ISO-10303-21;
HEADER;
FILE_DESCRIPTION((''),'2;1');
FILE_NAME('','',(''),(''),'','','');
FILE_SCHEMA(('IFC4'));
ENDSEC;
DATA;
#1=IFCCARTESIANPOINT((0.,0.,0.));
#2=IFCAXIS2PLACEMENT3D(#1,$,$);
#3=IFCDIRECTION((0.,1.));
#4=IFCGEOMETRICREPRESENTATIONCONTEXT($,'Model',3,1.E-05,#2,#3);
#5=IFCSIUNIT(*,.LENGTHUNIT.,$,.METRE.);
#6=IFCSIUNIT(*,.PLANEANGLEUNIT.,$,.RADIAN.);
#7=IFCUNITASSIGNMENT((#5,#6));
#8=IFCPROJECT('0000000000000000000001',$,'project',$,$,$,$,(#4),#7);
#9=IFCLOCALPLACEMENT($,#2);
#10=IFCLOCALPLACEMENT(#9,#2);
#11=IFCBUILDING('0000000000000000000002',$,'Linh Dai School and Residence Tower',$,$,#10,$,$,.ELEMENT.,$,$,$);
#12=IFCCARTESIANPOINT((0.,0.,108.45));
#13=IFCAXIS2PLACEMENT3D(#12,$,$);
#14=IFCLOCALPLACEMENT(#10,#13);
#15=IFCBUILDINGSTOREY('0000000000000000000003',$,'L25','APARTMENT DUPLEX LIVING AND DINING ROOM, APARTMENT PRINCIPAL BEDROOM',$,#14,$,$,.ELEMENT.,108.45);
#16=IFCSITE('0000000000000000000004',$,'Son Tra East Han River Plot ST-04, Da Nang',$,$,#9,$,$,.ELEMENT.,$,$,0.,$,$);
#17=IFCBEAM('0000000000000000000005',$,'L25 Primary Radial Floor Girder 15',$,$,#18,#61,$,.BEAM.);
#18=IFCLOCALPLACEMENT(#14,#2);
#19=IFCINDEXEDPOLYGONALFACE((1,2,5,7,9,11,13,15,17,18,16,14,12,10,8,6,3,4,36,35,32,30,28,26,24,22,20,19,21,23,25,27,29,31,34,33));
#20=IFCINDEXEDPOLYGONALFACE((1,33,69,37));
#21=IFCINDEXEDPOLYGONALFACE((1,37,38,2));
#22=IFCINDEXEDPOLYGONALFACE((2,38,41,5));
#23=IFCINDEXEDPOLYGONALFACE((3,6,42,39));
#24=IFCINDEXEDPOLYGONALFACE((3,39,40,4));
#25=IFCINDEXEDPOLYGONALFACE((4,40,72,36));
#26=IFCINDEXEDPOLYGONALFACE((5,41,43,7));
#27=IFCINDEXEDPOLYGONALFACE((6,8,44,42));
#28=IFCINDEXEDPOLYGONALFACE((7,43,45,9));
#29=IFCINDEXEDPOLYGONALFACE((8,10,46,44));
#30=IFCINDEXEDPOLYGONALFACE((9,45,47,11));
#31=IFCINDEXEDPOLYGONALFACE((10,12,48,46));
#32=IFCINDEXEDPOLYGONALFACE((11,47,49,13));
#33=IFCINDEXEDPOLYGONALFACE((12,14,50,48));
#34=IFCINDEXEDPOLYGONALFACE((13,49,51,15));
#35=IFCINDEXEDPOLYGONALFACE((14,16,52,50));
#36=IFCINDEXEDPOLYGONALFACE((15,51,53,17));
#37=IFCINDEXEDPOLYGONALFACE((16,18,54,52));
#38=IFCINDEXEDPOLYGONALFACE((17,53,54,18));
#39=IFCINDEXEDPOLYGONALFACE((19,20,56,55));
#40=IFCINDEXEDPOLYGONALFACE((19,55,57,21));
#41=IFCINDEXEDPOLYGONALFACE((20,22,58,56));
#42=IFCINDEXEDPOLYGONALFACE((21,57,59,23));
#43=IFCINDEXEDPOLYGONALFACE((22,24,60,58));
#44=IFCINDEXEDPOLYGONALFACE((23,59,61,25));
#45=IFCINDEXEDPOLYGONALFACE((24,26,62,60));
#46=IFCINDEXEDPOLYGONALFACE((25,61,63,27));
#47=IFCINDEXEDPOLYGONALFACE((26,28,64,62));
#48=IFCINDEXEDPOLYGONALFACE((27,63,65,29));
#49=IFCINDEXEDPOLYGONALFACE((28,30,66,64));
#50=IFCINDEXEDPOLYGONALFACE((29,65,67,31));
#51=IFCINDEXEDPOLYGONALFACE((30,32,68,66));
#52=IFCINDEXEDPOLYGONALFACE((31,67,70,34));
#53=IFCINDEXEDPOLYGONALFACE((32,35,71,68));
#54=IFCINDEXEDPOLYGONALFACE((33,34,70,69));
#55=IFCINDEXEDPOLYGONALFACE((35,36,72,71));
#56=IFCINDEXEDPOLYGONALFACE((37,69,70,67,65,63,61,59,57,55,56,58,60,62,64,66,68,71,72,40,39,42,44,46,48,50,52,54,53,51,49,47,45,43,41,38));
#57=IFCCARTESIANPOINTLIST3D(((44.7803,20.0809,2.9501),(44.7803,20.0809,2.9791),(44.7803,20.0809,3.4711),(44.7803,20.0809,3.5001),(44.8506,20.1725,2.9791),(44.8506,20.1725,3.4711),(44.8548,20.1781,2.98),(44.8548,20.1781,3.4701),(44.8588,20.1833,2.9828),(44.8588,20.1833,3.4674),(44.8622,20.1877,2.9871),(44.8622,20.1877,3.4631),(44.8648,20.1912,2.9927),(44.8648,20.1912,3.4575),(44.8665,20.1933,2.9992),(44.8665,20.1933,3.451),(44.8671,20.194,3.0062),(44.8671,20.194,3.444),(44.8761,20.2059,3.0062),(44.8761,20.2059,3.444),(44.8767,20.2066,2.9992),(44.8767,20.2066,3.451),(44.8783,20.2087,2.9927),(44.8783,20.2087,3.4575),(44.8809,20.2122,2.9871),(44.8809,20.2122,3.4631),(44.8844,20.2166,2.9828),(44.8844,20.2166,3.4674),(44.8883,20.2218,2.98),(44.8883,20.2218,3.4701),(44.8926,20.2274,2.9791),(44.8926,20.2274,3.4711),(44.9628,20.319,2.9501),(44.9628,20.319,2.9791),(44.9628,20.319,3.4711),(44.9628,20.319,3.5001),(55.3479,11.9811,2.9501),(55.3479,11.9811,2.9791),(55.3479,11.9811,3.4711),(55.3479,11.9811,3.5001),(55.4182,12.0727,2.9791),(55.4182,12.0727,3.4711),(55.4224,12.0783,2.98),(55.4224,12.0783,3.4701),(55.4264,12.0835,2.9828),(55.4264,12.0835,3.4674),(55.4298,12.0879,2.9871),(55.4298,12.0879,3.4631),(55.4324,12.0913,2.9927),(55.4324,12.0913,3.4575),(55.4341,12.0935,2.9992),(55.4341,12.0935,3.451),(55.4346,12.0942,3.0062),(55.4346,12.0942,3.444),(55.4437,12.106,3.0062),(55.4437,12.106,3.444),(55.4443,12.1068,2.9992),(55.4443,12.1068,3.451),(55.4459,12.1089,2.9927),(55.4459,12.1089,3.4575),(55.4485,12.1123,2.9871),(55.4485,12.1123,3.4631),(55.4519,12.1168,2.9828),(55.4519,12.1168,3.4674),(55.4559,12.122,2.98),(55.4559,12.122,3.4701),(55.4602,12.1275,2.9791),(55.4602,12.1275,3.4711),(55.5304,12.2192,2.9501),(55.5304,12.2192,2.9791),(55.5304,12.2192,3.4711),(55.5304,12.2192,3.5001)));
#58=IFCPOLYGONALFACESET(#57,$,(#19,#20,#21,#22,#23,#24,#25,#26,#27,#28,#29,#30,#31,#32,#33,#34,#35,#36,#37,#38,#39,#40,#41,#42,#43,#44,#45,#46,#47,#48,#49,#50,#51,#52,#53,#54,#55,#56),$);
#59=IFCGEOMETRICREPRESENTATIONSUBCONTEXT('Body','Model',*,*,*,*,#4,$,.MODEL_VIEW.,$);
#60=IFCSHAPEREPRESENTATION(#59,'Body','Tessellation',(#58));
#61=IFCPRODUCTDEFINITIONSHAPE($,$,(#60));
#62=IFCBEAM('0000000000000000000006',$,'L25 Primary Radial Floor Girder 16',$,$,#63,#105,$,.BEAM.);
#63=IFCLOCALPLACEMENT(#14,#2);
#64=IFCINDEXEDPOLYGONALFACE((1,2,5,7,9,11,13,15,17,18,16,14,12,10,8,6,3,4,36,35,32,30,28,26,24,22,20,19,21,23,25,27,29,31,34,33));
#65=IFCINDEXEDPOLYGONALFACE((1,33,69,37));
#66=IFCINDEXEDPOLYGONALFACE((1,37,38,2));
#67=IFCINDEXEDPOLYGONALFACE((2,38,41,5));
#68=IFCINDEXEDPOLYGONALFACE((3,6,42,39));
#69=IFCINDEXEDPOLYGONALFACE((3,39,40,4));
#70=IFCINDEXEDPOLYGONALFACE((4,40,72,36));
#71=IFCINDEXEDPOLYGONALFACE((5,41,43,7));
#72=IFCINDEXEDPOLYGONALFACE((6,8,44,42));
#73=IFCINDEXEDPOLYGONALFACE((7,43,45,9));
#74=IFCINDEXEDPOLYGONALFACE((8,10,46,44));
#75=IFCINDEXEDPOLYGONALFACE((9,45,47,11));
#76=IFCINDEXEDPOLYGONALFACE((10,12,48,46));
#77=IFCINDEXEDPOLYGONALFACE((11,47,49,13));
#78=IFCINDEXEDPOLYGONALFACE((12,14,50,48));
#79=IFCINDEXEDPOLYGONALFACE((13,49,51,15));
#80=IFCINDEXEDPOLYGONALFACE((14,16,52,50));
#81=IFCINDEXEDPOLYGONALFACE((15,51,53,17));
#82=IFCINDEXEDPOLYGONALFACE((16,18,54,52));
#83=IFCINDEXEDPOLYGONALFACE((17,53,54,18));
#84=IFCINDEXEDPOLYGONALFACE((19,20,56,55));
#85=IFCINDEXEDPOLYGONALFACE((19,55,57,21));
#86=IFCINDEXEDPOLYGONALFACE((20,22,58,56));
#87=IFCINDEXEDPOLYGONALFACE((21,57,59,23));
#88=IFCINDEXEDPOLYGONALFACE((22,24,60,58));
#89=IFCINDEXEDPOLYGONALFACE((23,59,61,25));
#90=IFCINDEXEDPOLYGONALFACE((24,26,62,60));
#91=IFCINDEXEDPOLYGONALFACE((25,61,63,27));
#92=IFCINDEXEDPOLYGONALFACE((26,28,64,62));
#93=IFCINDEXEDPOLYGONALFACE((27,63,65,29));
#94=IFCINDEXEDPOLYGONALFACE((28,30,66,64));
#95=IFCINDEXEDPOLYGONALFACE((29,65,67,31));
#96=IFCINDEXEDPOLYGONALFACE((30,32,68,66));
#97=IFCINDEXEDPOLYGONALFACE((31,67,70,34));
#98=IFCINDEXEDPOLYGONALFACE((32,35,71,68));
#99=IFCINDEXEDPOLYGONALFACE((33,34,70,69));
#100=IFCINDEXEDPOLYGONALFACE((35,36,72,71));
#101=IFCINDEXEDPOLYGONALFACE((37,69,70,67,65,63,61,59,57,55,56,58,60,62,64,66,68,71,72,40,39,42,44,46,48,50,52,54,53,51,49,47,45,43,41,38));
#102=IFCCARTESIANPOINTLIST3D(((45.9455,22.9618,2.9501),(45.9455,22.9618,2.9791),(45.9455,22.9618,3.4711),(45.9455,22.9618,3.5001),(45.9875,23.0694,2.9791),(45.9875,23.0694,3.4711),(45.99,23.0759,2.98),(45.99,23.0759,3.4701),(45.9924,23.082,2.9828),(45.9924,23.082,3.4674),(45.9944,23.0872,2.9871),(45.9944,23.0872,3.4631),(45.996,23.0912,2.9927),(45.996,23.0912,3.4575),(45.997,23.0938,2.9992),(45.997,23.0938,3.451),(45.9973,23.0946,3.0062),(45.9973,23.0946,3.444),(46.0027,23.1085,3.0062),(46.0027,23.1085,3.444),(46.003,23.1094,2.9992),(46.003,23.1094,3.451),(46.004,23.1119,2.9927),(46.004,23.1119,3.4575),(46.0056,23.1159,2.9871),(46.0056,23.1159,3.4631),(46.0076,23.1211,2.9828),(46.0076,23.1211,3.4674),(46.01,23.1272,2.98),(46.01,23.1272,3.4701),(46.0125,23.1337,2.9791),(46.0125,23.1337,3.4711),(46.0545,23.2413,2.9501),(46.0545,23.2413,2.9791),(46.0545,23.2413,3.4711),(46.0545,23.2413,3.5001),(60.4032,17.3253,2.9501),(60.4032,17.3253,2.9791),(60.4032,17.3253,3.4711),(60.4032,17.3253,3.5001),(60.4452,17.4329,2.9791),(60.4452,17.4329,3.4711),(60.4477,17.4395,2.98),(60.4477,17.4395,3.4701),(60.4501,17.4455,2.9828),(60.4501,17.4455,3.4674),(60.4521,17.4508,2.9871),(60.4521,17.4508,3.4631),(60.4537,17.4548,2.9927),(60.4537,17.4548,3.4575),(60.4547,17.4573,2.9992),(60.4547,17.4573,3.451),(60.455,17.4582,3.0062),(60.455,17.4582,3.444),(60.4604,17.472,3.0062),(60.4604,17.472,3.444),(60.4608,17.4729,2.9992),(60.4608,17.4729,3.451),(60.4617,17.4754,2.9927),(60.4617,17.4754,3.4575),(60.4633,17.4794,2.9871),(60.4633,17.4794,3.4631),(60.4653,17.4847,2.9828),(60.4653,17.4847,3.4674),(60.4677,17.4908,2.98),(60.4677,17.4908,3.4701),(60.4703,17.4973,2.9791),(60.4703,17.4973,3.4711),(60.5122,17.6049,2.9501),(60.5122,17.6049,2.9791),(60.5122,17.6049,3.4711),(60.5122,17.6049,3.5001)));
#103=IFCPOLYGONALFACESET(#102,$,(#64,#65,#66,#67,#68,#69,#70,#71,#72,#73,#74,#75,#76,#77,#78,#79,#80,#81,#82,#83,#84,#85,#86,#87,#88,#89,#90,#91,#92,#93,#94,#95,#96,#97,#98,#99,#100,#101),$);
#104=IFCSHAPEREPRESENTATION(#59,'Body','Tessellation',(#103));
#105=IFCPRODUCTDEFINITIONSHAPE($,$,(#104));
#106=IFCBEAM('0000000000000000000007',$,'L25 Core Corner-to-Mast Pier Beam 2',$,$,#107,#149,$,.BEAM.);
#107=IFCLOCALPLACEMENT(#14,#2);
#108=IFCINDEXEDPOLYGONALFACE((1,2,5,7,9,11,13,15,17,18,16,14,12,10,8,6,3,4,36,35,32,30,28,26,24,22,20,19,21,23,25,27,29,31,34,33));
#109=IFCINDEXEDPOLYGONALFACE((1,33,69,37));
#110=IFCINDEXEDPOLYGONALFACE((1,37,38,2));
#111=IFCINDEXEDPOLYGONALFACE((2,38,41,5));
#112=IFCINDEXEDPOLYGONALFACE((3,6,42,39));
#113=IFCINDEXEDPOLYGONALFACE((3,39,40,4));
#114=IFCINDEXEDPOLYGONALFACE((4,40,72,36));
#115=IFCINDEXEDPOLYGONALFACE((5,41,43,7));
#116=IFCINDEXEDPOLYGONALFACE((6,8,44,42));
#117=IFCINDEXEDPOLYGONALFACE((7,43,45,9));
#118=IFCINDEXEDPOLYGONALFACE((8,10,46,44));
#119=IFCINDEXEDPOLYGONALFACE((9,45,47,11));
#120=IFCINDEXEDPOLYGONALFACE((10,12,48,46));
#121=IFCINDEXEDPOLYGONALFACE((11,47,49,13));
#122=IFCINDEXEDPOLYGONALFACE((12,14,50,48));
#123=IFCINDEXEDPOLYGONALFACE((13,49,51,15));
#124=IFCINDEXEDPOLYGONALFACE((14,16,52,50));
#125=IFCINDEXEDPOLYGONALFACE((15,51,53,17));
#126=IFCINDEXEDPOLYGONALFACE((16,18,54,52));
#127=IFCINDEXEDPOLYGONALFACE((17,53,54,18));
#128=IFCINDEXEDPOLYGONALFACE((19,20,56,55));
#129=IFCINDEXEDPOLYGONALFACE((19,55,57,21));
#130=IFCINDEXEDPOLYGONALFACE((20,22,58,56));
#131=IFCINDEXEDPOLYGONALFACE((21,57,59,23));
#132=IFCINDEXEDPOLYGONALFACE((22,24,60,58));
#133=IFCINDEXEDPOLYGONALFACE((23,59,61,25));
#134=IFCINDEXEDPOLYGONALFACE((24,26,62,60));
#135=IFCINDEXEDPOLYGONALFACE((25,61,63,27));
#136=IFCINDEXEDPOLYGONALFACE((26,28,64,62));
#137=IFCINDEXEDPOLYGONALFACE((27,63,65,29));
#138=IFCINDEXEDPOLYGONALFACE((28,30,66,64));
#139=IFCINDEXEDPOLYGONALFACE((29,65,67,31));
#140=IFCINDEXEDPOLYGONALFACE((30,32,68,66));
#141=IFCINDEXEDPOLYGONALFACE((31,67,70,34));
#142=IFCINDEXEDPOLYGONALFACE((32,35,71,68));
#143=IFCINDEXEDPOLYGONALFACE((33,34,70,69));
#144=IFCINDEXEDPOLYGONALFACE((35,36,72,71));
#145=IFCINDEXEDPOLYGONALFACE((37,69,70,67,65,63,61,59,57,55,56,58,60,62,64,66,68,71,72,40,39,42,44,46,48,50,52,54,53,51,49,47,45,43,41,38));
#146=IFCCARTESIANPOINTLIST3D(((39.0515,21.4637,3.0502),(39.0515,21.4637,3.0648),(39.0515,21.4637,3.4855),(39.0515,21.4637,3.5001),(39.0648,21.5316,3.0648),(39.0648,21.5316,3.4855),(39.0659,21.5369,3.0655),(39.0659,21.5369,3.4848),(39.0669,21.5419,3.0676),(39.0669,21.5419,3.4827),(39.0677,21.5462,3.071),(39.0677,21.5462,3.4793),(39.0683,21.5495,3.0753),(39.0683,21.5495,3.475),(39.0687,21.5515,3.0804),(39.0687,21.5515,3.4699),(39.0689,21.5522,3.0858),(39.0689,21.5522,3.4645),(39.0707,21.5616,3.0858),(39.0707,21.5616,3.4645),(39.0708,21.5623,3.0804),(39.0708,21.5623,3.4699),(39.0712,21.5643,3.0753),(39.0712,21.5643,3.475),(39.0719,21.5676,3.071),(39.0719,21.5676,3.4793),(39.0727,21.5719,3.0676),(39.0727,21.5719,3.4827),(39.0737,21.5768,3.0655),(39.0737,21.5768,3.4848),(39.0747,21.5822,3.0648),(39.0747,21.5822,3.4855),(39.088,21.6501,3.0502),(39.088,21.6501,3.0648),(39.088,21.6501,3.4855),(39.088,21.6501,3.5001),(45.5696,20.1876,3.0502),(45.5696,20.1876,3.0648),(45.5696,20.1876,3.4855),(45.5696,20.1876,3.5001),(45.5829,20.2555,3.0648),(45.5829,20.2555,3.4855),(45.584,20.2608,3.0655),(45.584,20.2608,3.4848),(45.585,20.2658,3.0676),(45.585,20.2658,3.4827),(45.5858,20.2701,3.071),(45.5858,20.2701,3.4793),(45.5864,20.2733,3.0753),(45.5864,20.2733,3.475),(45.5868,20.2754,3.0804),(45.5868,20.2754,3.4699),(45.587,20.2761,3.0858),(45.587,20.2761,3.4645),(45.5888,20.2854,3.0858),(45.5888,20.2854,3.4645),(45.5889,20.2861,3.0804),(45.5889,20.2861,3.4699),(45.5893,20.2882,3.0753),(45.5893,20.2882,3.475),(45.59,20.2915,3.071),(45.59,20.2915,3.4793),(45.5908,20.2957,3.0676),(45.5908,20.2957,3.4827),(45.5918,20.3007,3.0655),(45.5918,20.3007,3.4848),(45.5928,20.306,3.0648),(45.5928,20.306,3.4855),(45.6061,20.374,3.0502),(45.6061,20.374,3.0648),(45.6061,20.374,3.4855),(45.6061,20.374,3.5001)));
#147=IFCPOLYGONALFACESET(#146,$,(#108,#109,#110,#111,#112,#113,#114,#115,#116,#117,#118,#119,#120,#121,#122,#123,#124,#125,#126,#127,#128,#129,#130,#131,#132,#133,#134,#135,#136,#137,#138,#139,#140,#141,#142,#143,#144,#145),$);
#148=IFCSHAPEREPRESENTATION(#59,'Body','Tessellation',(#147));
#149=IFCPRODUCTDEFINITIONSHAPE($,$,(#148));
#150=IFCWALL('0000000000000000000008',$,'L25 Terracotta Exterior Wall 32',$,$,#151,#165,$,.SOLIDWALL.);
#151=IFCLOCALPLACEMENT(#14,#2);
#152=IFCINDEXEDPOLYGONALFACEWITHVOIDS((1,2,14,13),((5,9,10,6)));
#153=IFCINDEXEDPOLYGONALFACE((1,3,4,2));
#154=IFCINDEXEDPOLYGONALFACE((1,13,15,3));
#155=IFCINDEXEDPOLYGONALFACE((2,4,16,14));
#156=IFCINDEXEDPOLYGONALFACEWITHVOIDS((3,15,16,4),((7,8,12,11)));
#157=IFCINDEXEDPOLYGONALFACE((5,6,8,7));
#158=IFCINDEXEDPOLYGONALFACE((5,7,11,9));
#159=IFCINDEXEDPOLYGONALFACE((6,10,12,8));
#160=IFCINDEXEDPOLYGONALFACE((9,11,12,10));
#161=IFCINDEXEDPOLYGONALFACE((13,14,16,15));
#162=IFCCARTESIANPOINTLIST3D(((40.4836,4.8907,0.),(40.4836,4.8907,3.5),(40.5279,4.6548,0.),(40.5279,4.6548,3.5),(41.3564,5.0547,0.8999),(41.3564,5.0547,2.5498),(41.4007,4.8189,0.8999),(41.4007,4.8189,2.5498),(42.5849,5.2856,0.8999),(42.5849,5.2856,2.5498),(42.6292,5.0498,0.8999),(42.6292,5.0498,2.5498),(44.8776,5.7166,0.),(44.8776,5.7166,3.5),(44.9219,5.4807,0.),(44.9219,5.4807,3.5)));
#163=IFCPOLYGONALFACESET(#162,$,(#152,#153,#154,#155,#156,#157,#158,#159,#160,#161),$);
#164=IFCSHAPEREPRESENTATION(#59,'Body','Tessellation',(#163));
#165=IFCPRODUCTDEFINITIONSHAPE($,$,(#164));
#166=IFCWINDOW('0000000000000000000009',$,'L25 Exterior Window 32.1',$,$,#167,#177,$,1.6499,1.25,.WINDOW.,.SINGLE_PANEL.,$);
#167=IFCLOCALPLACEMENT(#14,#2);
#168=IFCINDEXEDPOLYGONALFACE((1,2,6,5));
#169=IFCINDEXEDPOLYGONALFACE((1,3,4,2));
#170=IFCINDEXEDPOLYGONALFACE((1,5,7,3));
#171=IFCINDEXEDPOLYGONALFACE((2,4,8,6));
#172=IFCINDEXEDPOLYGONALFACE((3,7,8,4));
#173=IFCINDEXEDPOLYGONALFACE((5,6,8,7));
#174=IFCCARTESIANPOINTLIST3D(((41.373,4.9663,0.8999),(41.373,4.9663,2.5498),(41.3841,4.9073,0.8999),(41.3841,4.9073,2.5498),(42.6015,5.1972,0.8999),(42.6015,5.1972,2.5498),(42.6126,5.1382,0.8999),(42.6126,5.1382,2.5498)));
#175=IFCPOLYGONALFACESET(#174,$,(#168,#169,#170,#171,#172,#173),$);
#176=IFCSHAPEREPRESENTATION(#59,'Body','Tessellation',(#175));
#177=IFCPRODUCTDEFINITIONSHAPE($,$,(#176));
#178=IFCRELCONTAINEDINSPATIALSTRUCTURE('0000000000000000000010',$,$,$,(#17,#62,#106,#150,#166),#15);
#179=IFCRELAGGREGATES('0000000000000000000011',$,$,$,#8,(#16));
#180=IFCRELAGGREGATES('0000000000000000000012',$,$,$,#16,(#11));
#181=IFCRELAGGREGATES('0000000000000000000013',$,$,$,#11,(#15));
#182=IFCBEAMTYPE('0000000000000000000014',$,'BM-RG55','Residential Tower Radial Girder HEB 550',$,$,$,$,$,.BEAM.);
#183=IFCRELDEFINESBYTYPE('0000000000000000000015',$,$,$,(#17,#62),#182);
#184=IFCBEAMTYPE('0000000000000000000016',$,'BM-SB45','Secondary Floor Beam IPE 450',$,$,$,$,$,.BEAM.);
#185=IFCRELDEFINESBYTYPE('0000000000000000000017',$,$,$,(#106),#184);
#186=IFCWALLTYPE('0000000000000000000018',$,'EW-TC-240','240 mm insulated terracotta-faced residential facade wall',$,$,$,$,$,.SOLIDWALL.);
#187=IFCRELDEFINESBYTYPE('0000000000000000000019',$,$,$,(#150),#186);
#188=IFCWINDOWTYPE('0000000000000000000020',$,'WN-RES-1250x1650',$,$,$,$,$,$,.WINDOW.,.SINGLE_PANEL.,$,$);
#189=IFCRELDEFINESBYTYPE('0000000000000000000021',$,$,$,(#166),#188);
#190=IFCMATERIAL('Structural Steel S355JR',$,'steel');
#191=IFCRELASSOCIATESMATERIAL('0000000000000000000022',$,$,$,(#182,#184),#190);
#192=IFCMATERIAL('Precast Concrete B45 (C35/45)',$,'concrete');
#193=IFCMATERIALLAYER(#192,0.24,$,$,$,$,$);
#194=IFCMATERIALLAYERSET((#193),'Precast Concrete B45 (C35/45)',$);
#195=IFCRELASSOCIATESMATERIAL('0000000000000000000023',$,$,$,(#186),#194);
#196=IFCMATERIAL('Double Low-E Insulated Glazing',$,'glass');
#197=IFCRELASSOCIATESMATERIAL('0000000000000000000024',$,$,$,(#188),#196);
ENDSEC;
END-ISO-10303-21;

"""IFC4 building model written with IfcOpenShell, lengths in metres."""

from ifc_helpers import new_model, si_unit, direction, frame, frame_2d, origin, origin_2d, place, context, subcontext, project, spatial, rectangle, i_section, extrude, source, transform, mapped, material, layer, layer_set, material_profile, profile_set, type_object, element, fill, save


model = new_model("IFC4")

# Units and contexts
model_context = context("Model", 3, precision=1e-05, world=origin(), true_north=direction((0.0, 1.0)))
body_context = subcontext(model_context, "Body", "Model", "MODEL_VIEW")
ifc_project = project(units=[si_unit("LENGTHUNIT", "METRE"), si_unit("PLANEANGLEUNIT", "RADIAN")], contexts=[model_context])

# Site, building, storey
site_placement = place(None, origin())
site = spatial("IfcSite", under=ifc_project, at=site_placement, Name="Son Tra East Han River Plot ST-04, Da Nang", CompositionType="ELEMENT", RefElevation=0.0)
building_placement = place(site_placement, origin())
building = spatial("IfcBuilding", under=site, at=building_placement, Name="Linh Dai School and Residence Tower", CompositionType="ELEMENT")
storey_placement = place(building_placement, frame((0.0, 0.0, 108.45)))
storey = spatial("IfcBuildingStorey", under=building, at=storey_placement, Name="L25", Description="APARTMENT DUPLEX LIVING AND DINING ROOM, APARTMENT PRINCIPAL BEDROOM", CompositionType="ELEMENT", Elevation=108.45)

# Shared definitions
ifc_material_1 = material(Name="Structural Steel S355JR", Category="steel")

# Beams
ifc_material_profile_1 = material_profile(ifc_material_1, i_section(OverallWidth=0.3, OverallDepth=0.55, WebThickness=0.0149, FlangeThickness=0.0291, FilletRadius=0.0271, at=origin_2d()), Name="HEB 550")
ifc_profile_set_1 = profile_set([ifc_material_profile_1], Name="Structural Steel S355JR")
beam_type_1 = type_object("IfcBeamType", Name="BM-RG55", Description="Residential Tower Radial Girder HEB 550", PredefinedType="BEAM", material=ifc_profile_set_1)
beam_1_placement = place(storey_placement, frame((44.8716, 20.2, 3.2251), z_axis=(0.793679, -0.608337, 0.0), x_axis=(0.608337, 0.793679, 0.0)))
element("IfcBeam", 1, at=beam_1_placement, inside=storey, type_object=beam_type_1, Name="L25 Primary Radial Floor Girder 15", PredefinedType="BEAM", context=body_context, shape_type="SweptSolid", body=[
    extrude(i_section(OverallWidth=0.3, OverallDepth=0.55, WebThickness=0.0149, FlangeThickness=0.0291, FilletRadius=0.0271, at=origin_2d()), origin(), (0.0, 0.0, 1.0), 13.3147),
])
beam_2_placement = place(storey_placement, frame((46.0, 23.1016, 3.2251), z_axis=(0.931699, -0.36323, 0.0), x_axis=(0.36323, 0.931699, 0.0)))
element("IfcBeam", 2, at=beam_2_placement, inside=storey, type_object=beam_type_1, Name="L25 Primary Radial Floor Girder 16", PredefinedType="BEAM", context=body_context, shape_type="SweptSolid", body=[
    extrude(i_section(OverallWidth=0.3, OverallDepth=0.55, WebThickness=0.0149, FlangeThickness=0.0291, FilletRadius=0.0271, at=origin_2d()), origin(), (0.0, 0.0, 1.0), 15.5176),
])
ifc_material_profile_2 = material_profile(ifc_material_1, i_section(OverallWidth=0.1899, OverallDepth=0.45, WebThickness=0.0095, FlangeThickness=0.0146, FilletRadius=0.021, at=origin_2d()), Name="IPE 450")
ifc_profile_set_2 = profile_set([ifc_material_profile_2], Name="Structural Steel S355JR")
beam_type_2 = type_object("IfcBeamType", Name="BM-SB45", Description="Secondary Floor Beam IPE 450", PredefinedType="BEAM", material=ifc_profile_set_2)
beam_3_placement = place(storey_placement, frame((45.5879, 20.2808, 3.2751), z_axis=(-0.981369, 0.192135, 0.0), x_axis=(-0.192135, -0.981369, 0.0)))
element("IfcBeam", 3, at=beam_3_placement, inside=storey, type_object=beam_type_2, Name="L25 Core Corner-to-Mast Pier Beam 2", PredefinedType="BEAM", context=body_context, shape_type="SweptSolid", body=[
    extrude(i_section(OverallWidth=0.1899, OverallDepth=0.45, WebThickness=0.0095, FlangeThickness=0.0146, FilletRadius=0.021, at=origin_2d()), origin(), (0.0, 0.0, 1.0), 6.6418),
])

# Wall, opening, window
ifc_material_2 = material(Name="Precast Concrete B45 (C35/45)", Category="concrete")
ifc_layer_1 = layer(ifc_material_2, 0.24)
ifc_layer_set_1 = layer_set([ifc_layer_1], Name="Precast Concrete B45 (C35/45)")
wall_type_1 = type_object("IfcWallType", Name="EW-TC-240", Description="240 mm insulated terracotta-faced residential facade wall", PredefinedType="SOLIDWALL", material=ifc_layer_set_1)
wall_1_placement = place(storey_placement, frame((44.8997, 5.5986, 0.0), z_axis=(0.0, 0.0, 1.0), x_axis=(-0.982789, -0.18473, 0.0)))
wall_1 = element("IfcWall", 4, at=wall_1_placement, inside=storey, type_object=wall_type_1, Name="L25 Terracotta Exterior Wall 32", PredefinedType="SOLIDWALL", context=body_context, shape_type="SweptSolid", body=[
    extrude(rectangle(XDim=4.4709, YDim=0.24, at=frame_2d((2.2354, 0.0))), origin(), (0.0, 0.0, 1.0), 3.5),
])
opening_1_placement = place(wall_1_placement, frame((2.3328, 0.0, 0.8999)))
opening_1 = element("IfcOpeningElement", 5, at=opening_1_placement, cuts=wall_1, PredefinedType="OPENING", context=body_context, shape_type="SweptSolid", body=[
    extrude(rectangle(XDim=1.25, YDim=1.6499, at=origin_2d()), frame((0.625, 0.1299, 0.825), z_axis=(0.0, -1.0, 0.0), x_axis=(1.0, 0.0, 0.0)), (0.0, 0.0, 1.0), 0.26),
])
ifc_material_3 = material(Name="Double Low-E Insulated Glazing", Category="glass")
window_type_1 = type_object("IfcWindowType", Name="WN-RES-1250x1650", PartitioningType="SINGLE_PANEL", PredefinedType="WINDOW", material=ifc_material_3)
shared_shape_1 = source(origin(), body_context, "Body", "SweptSolid", [
    extrude(rectangle(XDim=1.25, YDim=1.6499, at=origin_2d()), frame((0.625, 0.03, 0.825), z_axis=(0.0, -1.0, 0.0), x_axis=(1.0, 0.0, 0.0)), (0.0, 0.0, 1.0), 0.0601),
])
window_1_placement = place(opening_1_placement, origin())
window_1 = element("IfcWindow", 6, at=window_1_placement, inside=storey, type_object=window_type_1, Name="L25 Exterior Window 32.1", OverallHeight=1.6499, OverallWidth=1.25, PartitioningType="SINGLE_PANEL", PredefinedType="WINDOW", context=body_context, shape_type="MappedRepresentation", body=[
    mapped(shared_shape_1, transform((0.0, 0.0, 0.0), x_axis=(1.0, 0.0, 0.0), y_axis=(0.0, 1.0, 0.0), z_axis=(0.0, 0.0, 1.0), scale=1.0)),
])
fill(opening_1, window_1)

save(model, "model.ifc")
